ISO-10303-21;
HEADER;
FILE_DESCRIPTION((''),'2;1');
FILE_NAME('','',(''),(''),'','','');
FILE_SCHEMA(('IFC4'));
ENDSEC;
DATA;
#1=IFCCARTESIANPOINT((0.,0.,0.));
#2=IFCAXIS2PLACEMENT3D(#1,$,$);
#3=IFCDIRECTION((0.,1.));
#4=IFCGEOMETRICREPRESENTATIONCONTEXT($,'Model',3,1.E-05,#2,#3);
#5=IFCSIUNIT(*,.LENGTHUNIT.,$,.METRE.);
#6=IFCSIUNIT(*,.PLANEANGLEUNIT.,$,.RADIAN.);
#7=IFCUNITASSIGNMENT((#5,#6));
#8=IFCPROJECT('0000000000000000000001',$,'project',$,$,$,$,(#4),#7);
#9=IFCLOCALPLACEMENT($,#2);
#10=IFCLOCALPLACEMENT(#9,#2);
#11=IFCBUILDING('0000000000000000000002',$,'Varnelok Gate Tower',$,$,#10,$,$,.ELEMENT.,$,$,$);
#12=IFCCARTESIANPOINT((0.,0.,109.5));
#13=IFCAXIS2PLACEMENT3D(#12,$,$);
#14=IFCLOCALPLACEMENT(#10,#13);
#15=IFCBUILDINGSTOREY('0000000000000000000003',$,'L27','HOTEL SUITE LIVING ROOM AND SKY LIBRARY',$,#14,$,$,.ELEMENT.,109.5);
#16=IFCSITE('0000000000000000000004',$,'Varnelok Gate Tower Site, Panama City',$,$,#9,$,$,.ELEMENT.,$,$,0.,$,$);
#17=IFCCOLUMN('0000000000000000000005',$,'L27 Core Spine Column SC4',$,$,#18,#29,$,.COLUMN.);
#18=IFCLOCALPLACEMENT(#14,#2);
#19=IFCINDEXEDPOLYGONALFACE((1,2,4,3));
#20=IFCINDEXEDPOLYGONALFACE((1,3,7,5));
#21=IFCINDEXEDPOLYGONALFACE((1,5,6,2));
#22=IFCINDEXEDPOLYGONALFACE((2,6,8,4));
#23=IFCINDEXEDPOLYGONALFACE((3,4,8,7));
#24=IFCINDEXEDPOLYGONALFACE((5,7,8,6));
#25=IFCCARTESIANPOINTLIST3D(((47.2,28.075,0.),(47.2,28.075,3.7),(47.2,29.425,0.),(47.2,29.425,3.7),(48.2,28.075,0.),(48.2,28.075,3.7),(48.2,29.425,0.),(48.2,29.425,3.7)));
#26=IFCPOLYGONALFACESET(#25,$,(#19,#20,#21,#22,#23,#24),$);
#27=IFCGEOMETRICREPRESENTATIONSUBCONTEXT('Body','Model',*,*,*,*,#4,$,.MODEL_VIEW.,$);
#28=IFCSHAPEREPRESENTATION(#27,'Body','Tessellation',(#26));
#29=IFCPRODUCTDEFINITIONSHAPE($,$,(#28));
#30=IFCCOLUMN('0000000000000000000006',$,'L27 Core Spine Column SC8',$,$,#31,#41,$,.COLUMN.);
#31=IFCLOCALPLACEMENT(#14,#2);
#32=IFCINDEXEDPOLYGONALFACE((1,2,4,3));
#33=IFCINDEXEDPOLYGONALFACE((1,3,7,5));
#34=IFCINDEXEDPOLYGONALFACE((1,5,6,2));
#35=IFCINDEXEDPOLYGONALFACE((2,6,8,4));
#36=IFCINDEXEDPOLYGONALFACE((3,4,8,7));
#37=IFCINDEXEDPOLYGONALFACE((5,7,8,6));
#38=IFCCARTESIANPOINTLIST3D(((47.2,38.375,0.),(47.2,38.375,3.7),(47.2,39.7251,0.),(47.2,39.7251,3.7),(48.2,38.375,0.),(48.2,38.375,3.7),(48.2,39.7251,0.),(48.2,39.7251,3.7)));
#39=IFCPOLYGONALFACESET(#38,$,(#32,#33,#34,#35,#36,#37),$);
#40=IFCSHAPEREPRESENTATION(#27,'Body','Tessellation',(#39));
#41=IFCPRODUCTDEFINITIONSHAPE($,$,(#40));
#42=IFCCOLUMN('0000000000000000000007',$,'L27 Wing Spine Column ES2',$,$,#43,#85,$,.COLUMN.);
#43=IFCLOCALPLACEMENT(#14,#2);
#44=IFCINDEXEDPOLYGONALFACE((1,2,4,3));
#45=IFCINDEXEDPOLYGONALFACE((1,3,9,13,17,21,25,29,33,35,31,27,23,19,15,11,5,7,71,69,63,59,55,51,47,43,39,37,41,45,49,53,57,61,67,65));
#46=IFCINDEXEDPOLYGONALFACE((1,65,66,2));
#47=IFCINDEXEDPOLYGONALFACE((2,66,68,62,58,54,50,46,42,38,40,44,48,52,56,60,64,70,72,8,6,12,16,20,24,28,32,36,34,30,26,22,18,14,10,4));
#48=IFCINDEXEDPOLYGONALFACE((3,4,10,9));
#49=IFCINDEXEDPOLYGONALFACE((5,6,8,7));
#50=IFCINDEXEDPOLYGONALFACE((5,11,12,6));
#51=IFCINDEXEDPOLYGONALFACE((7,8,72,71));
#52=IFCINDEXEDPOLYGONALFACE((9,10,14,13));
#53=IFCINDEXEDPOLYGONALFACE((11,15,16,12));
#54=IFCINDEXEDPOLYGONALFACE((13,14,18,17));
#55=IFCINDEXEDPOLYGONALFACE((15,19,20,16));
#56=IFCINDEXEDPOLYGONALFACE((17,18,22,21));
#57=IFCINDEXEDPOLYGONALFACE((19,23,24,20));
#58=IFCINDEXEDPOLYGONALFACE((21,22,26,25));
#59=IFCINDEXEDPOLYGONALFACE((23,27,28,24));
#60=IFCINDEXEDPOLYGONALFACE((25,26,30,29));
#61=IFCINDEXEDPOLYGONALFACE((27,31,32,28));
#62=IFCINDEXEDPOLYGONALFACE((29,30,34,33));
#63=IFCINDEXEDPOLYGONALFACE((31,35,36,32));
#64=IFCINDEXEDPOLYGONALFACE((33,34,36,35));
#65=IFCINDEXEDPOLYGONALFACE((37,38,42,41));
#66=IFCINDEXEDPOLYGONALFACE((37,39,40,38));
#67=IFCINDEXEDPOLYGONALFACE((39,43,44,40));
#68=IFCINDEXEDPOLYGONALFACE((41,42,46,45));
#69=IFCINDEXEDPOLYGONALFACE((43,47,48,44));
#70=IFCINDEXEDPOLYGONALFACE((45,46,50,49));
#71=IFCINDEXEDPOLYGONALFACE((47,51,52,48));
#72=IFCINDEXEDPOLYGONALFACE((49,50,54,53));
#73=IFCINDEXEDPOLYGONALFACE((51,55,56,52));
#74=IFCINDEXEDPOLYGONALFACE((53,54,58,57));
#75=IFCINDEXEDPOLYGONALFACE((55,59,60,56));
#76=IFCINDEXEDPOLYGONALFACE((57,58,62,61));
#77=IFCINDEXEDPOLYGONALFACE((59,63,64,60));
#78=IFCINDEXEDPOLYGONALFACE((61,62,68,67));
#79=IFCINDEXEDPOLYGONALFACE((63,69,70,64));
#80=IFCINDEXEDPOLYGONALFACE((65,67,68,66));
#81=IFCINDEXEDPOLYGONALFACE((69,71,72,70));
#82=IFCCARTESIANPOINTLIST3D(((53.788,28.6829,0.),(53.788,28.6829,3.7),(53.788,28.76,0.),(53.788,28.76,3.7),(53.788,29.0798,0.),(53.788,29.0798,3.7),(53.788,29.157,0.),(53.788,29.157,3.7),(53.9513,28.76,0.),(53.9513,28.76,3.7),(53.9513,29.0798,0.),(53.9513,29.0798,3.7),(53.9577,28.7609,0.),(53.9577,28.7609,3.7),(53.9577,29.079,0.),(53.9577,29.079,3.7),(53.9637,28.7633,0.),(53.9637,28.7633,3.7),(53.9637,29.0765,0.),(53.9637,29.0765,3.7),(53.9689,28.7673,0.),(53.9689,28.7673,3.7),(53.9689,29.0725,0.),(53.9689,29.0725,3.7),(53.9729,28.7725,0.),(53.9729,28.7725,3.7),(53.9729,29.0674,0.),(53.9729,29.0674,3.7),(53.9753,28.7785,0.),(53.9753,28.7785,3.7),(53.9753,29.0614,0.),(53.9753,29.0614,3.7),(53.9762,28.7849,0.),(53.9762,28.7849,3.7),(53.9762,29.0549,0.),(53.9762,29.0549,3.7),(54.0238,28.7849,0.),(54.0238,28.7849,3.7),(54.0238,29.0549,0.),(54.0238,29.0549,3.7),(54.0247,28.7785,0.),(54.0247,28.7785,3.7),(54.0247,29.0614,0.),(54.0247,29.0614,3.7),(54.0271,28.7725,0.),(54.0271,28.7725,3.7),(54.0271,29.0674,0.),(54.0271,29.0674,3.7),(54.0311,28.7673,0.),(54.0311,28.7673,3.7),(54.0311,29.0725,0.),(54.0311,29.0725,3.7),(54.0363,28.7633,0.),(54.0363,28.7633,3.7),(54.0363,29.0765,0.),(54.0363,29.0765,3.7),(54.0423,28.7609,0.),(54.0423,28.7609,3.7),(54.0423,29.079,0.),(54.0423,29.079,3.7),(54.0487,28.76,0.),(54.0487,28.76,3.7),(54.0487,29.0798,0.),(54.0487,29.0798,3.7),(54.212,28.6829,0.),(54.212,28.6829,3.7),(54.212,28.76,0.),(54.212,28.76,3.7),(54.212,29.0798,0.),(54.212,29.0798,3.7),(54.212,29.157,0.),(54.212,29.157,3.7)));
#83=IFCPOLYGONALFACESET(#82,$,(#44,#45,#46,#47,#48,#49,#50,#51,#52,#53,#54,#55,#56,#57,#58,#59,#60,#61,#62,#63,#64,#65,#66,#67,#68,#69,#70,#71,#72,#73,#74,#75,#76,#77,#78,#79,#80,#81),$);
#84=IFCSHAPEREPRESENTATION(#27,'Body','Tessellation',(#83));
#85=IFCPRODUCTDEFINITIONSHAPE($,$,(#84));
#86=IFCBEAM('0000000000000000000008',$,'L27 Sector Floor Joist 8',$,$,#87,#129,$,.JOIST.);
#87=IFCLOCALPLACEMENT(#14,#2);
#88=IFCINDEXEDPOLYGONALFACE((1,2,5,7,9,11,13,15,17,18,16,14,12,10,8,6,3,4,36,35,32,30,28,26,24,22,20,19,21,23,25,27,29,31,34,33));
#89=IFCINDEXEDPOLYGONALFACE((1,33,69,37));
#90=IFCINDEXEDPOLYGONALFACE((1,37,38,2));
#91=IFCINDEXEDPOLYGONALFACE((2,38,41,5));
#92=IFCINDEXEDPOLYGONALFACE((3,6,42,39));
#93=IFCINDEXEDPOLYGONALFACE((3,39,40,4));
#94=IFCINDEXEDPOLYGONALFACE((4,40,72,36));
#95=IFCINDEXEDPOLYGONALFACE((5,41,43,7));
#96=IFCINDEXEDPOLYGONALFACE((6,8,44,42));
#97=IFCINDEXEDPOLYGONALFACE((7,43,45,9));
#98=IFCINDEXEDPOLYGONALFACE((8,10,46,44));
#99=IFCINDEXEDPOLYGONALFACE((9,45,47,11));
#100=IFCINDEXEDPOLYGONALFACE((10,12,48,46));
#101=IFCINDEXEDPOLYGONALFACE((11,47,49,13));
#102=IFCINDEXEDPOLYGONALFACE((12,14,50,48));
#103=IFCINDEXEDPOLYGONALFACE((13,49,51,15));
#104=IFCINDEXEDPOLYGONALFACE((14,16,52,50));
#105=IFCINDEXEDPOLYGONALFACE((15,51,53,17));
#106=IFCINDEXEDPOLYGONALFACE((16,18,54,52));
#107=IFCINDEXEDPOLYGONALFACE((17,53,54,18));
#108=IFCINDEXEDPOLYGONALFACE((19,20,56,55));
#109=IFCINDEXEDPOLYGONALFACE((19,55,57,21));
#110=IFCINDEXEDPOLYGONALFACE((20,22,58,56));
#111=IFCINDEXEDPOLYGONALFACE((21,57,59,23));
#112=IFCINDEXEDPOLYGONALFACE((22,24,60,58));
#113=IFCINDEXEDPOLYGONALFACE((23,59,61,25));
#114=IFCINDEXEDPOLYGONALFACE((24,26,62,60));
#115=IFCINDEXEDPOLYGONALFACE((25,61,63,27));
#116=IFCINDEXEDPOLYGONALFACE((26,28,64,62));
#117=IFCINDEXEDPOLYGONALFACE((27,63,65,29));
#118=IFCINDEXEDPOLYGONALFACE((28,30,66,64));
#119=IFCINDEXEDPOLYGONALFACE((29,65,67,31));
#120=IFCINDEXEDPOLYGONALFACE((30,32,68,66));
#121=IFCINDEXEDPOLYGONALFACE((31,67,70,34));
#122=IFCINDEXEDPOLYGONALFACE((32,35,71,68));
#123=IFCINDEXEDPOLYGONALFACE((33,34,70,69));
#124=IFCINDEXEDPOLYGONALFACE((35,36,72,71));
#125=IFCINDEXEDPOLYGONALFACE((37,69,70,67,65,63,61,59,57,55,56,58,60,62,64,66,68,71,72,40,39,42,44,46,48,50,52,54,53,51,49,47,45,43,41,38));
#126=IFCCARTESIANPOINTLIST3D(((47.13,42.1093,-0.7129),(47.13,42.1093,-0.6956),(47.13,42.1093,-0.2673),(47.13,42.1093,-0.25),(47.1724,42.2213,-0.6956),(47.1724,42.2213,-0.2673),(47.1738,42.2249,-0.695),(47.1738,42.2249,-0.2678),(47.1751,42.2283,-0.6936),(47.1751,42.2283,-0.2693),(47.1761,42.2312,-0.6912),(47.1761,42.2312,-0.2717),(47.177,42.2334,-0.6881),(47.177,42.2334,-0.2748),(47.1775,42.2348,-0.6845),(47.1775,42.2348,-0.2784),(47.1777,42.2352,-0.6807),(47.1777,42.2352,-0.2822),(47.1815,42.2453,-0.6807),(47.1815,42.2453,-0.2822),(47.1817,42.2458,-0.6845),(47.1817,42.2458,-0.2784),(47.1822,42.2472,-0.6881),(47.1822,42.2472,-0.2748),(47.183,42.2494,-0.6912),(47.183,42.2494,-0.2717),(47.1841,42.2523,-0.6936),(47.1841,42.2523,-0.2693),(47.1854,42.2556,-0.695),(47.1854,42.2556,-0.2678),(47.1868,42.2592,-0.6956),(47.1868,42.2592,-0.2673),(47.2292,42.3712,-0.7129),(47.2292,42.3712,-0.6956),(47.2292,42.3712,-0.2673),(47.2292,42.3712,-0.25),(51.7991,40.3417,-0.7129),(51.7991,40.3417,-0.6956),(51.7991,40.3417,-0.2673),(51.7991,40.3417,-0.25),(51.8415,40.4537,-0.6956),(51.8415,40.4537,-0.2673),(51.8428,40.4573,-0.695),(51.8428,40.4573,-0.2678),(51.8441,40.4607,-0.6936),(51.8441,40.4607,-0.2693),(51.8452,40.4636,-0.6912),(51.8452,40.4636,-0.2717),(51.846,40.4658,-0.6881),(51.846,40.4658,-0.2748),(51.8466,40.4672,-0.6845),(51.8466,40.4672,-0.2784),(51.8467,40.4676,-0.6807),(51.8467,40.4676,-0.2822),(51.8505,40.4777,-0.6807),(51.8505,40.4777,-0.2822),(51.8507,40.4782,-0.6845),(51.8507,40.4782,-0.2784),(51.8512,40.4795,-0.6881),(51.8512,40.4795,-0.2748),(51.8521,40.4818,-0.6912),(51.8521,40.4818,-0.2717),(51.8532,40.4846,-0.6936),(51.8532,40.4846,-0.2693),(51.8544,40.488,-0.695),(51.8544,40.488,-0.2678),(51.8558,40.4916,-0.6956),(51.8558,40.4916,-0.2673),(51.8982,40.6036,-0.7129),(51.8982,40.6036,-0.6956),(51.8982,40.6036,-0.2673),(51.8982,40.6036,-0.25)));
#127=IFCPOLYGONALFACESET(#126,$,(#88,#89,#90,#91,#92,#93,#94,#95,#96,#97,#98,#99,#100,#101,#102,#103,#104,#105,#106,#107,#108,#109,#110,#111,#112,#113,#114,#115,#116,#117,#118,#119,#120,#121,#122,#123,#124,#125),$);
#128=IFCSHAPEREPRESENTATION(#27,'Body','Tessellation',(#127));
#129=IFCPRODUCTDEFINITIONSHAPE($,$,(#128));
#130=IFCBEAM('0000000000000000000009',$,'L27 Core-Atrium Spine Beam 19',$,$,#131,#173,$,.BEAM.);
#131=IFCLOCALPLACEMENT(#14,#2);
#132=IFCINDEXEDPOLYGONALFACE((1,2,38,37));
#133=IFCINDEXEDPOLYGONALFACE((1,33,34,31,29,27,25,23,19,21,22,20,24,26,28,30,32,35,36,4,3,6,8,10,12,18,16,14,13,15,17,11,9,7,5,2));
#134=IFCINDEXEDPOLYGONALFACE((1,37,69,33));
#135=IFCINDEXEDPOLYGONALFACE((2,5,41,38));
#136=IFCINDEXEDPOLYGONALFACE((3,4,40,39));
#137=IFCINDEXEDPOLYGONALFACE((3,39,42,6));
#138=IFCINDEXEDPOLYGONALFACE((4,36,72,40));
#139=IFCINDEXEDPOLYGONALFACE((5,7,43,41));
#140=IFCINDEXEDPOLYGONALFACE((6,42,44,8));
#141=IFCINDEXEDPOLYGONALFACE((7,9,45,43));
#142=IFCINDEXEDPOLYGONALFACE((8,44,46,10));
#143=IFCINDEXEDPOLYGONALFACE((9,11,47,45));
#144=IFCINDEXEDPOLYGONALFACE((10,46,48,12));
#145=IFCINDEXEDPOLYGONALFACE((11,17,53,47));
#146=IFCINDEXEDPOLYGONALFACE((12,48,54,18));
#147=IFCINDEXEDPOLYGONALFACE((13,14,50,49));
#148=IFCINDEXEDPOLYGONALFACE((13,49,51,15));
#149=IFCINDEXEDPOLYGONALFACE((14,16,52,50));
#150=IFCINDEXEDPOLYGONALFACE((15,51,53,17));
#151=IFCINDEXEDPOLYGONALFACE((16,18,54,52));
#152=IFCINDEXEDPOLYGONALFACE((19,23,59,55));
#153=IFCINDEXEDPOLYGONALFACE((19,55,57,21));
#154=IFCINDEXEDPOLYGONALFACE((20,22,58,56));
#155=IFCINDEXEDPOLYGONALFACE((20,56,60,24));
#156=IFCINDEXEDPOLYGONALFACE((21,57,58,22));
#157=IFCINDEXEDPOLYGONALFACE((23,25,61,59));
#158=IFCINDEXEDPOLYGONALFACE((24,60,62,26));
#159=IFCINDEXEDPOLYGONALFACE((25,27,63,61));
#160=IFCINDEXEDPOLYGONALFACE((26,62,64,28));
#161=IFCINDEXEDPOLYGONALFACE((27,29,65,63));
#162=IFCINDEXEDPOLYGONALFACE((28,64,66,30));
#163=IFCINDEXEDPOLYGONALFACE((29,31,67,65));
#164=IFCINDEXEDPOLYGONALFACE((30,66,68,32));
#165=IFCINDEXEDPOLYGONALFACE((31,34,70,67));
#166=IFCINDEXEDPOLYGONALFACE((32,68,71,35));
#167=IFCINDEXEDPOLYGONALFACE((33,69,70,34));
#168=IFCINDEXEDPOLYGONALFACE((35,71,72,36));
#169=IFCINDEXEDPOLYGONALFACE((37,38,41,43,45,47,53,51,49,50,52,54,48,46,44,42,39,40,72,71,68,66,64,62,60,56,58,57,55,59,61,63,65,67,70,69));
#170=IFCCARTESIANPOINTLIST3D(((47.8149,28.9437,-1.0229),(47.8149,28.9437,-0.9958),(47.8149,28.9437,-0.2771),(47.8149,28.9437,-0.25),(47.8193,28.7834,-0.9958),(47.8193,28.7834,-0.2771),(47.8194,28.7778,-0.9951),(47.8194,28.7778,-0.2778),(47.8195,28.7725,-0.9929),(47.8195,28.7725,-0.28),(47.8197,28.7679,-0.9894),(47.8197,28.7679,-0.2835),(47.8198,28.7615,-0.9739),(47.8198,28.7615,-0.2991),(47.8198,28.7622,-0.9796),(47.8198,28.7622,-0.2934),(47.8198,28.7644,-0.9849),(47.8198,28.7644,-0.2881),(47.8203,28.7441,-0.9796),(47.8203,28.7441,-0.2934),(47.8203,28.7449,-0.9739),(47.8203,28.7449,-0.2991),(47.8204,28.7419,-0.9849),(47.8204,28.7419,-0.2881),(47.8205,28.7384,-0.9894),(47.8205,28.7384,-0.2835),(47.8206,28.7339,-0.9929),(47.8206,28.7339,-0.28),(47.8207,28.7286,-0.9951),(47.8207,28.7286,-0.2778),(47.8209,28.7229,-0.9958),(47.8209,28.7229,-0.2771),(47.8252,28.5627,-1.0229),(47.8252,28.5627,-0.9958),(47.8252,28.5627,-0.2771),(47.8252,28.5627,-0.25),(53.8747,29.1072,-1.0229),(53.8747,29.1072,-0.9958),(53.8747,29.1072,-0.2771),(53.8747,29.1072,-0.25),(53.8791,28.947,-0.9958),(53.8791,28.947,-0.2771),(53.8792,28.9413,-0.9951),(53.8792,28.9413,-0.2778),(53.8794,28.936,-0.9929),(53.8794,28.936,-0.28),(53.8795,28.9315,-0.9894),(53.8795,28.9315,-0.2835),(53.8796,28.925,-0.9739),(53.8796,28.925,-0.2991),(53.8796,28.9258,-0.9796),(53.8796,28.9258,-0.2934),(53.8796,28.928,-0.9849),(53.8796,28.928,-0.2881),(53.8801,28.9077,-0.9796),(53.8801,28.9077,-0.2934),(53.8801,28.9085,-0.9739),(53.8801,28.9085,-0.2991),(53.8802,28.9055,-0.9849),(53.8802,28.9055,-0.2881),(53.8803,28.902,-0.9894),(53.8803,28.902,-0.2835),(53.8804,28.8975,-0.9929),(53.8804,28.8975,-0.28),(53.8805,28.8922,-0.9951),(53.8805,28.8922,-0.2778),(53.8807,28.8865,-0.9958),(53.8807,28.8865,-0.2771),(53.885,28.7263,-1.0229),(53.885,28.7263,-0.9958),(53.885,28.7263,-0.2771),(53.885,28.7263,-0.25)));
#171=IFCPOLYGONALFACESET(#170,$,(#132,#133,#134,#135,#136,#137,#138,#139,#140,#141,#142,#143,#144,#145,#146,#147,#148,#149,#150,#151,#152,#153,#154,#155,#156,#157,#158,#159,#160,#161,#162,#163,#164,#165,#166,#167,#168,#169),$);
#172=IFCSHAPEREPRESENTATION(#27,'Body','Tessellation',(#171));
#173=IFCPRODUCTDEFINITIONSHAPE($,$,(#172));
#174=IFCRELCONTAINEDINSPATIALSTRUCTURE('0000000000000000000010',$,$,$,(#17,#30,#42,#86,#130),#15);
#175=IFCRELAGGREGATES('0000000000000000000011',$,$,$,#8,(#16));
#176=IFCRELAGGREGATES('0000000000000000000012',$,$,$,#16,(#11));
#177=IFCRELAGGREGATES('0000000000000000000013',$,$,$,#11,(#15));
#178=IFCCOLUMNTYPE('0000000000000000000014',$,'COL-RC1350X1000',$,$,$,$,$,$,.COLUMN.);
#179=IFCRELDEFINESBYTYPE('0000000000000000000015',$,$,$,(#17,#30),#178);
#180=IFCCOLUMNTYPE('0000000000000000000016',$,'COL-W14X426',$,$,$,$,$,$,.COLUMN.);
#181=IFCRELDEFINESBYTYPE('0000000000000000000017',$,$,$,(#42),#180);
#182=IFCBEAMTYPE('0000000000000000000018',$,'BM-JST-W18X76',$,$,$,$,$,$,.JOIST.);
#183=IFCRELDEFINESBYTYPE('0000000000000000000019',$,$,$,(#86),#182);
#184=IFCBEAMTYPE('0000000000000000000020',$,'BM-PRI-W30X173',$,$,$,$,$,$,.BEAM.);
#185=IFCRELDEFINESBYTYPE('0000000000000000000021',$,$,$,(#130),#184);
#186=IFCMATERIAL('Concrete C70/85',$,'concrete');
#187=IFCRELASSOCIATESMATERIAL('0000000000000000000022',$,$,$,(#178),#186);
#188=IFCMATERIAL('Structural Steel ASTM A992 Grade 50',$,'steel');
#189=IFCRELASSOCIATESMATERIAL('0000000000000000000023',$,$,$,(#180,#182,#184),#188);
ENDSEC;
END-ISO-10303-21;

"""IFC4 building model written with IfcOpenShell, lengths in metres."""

from ifc_helpers import new_model, si_unit, direction, frame, origin, origin_2d, place, context, subcontext, project, spatial, rectangle, i_section, extrude, material, material_profile, profile_set, type_object, element, save


model = new_model("IFC4")

# Units and contexts
model_context = context("Model", 3, precision=1e-05, world=origin(), true_north=direction((0.0, 1.0)))
body_context = subcontext(model_context, "Body", "Model", "MODEL_VIEW")
ifc_project = project(units=[si_unit("LENGTHUNIT", "METRE"), si_unit("PLANEANGLEUNIT", "RADIAN")], contexts=[model_context])

# Site, building, storey
site_placement = place(None, origin())
site = spatial("IfcSite", under=ifc_project, at=site_placement, Name="Varnelok Gate Tower Site, Panama City", CompositionType="ELEMENT", RefElevation=0.0)
building_placement = place(site_placement, origin())
building = spatial("IfcBuilding", under=site, at=building_placement, Name="Varnelok Gate Tower", CompositionType="ELEMENT")
storey_placement = place(building_placement, frame((0.0, 0.0, 109.5)))
storey = spatial("IfcBuildingStorey", under=building, at=storey_placement, Name="L27", Description="HOTEL SUITE LIVING ROOM AND SKY LIBRARY", CompositionType="ELEMENT", Elevation=109.5)

# Columns
ifc_material_1 = material(Name="Concrete C70/85", Category="concrete")
ifc_material_profile_1 = material_profile(ifc_material_1, rectangle(XDim=1.0, YDim=1.3501, at=origin_2d()), Name="RC1350X1000")
ifc_profile_set_1 = profile_set([ifc_material_profile_1], Name="Concrete C70/85")
column_type_1 = type_object("IfcColumnType", Name="COL-RC1350X1000", PredefinedType="COLUMN", material=ifc_profile_set_1)
for number, where, z_axis, x_axis, name in (
    (1, (47.7, 28.75, 0.0), (0.0, 0.0, 1.0), (1.0, 0.0, 0.0), "L27 Core Spine Column SC4"),
    (2, (47.7, 39.05, 0.0), (0.0, 0.0, 1.0), (1.0, 0.0, 0.0), "L27 Core Spine Column SC8"),
):
    element("IfcColumn", number, at=place(storey_placement, frame(where, z_axis=z_axis, x_axis=x_axis)), inside=storey, type_object=column_type_1, Name=name, PredefinedType="COLUMN", context=body_context, shape_type="SweptSolid", body=[
        extrude(rectangle(XDim=1.0, YDim=1.3501, at=origin_2d()), origin(), (0.0, 0.0, 1.0), 3.7),
    ])
ifc_material_2 = material(Name="Structural Steel ASTM A992 Grade 50", Category="steel")
ifc_material_profile_2 = material_profile(ifc_material_2, i_section(OverallWidth=0.4241, OverallDepth=0.4741, WebThickness=0.0476, FlangeThickness=0.0771, FilletRadius=0.0249, at=origin_2d()), Name="W14X426")
ifc_profile_set_2 = profile_set([ifc_material_profile_2], Name="Structural Steel ASTM A992 Grade 50")
column_type_2 = type_object("IfcColumnType", Name="COL-W14X426", PredefinedType="COLUMN", material=ifc_profile_set_2)
column_placement = place(storey_placement, frame((54.0, 28.9199, 0.0), z_axis=(0.0, 0.0, 1.0), x_axis=(1.0, 0.0, 0.0)))
element("IfcColumn", 3, at=column_placement, inside=storey, type_object=column_type_2, Name="L27 Wing Spine Column ES2", PredefinedType="COLUMN", context=body_context, shape_type="SweptSolid", body=[
    extrude(i_section(OverallWidth=0.4241, OverallDepth=0.4741, WebThickness=0.0476, FlangeThickness=0.0771, FilletRadius=0.0249, at=origin_2d()), origin(), (0.0, 0.0, 1.0), 3.7),
])

# Beams
ifc_material_profile_3 = material_profile(ifc_material_2, i_section(OverallWidth=0.28, OverallDepth=0.4629, WebThickness=0.0107, FlangeThickness=0.0173, FilletRadius=0.0149, at=origin_2d()), Name="W18X76")
ifc_profile_set_3 = profile_set([ifc_material_profile_3], Name="Structural Steel ASTM A992 Grade 50")
beam_type_1 = type_object("IfcBeamType", Name="BM-JST-W18X76", PredefinedType="JOIST", material=ifc_profile_set_3)
beam_1_placement = place(storey_placement, frame((51.8486, 40.4727, -0.4814), z_axis=(-0.935223, 0.354059, 0.0), x_axis=(-0.354059, -0.935223, 0.0)))
element("IfcBeam", 4, at=beam_1_placement, inside=storey, type_object=beam_type_1, Name="L27 Sector Floor Joist 8", PredefinedType="JOIST", context=body_context, shape_type="SweptSolid", body=[
    extrude(i_section(OverallWidth=0.28, OverallDepth=0.4629, WebThickness=0.0107, FlangeThickness=0.0173, FilletRadius=0.0149, at=origin_2d()), origin(), (0.0, 0.0, 1.0), 4.9924),
])
ifc_material_profile_4 = material_profile(ifc_material_2, i_section(OverallWidth=0.3811, OverallDepth=0.7729, WebThickness=0.0166, FlangeThickness=0.0271, FilletRadius=0.022, at=origin_2d()), Name="W30X173")
ifc_profile_set_4 = profile_set([ifc_material_profile_4], Name="Structural Steel ASTM A992 Grade 50")
beam_type_2 = type_object("IfcBeamType", Name="BM-PRI-W30X173", PredefinedType="BEAM", material=ifc_profile_set_4)
beam_2_placement = place(storey_placement, frame((47.8201, 28.7532, -0.6365), z_axis=(0.999636, 0.026983, 0.0), x_axis=(-0.026983, 0.999636, 0.0)))
element("IfcBeam", 5, at=beam_2_placement, inside=storey, type_object=beam_type_2, Name="L27 Core-Atrium Spine Beam 19", PredefinedType="BEAM", context=body_context, shape_type="SweptSolid", body=[
    extrude(i_section(OverallWidth=0.3811, OverallDepth=0.7729, WebThickness=0.0166, FlangeThickness=0.0271, FilletRadius=0.022, at=origin_2d()), origin(), (0.0, 0.0, 1.0), 6.062),
])

save(model, "model.ifc")
